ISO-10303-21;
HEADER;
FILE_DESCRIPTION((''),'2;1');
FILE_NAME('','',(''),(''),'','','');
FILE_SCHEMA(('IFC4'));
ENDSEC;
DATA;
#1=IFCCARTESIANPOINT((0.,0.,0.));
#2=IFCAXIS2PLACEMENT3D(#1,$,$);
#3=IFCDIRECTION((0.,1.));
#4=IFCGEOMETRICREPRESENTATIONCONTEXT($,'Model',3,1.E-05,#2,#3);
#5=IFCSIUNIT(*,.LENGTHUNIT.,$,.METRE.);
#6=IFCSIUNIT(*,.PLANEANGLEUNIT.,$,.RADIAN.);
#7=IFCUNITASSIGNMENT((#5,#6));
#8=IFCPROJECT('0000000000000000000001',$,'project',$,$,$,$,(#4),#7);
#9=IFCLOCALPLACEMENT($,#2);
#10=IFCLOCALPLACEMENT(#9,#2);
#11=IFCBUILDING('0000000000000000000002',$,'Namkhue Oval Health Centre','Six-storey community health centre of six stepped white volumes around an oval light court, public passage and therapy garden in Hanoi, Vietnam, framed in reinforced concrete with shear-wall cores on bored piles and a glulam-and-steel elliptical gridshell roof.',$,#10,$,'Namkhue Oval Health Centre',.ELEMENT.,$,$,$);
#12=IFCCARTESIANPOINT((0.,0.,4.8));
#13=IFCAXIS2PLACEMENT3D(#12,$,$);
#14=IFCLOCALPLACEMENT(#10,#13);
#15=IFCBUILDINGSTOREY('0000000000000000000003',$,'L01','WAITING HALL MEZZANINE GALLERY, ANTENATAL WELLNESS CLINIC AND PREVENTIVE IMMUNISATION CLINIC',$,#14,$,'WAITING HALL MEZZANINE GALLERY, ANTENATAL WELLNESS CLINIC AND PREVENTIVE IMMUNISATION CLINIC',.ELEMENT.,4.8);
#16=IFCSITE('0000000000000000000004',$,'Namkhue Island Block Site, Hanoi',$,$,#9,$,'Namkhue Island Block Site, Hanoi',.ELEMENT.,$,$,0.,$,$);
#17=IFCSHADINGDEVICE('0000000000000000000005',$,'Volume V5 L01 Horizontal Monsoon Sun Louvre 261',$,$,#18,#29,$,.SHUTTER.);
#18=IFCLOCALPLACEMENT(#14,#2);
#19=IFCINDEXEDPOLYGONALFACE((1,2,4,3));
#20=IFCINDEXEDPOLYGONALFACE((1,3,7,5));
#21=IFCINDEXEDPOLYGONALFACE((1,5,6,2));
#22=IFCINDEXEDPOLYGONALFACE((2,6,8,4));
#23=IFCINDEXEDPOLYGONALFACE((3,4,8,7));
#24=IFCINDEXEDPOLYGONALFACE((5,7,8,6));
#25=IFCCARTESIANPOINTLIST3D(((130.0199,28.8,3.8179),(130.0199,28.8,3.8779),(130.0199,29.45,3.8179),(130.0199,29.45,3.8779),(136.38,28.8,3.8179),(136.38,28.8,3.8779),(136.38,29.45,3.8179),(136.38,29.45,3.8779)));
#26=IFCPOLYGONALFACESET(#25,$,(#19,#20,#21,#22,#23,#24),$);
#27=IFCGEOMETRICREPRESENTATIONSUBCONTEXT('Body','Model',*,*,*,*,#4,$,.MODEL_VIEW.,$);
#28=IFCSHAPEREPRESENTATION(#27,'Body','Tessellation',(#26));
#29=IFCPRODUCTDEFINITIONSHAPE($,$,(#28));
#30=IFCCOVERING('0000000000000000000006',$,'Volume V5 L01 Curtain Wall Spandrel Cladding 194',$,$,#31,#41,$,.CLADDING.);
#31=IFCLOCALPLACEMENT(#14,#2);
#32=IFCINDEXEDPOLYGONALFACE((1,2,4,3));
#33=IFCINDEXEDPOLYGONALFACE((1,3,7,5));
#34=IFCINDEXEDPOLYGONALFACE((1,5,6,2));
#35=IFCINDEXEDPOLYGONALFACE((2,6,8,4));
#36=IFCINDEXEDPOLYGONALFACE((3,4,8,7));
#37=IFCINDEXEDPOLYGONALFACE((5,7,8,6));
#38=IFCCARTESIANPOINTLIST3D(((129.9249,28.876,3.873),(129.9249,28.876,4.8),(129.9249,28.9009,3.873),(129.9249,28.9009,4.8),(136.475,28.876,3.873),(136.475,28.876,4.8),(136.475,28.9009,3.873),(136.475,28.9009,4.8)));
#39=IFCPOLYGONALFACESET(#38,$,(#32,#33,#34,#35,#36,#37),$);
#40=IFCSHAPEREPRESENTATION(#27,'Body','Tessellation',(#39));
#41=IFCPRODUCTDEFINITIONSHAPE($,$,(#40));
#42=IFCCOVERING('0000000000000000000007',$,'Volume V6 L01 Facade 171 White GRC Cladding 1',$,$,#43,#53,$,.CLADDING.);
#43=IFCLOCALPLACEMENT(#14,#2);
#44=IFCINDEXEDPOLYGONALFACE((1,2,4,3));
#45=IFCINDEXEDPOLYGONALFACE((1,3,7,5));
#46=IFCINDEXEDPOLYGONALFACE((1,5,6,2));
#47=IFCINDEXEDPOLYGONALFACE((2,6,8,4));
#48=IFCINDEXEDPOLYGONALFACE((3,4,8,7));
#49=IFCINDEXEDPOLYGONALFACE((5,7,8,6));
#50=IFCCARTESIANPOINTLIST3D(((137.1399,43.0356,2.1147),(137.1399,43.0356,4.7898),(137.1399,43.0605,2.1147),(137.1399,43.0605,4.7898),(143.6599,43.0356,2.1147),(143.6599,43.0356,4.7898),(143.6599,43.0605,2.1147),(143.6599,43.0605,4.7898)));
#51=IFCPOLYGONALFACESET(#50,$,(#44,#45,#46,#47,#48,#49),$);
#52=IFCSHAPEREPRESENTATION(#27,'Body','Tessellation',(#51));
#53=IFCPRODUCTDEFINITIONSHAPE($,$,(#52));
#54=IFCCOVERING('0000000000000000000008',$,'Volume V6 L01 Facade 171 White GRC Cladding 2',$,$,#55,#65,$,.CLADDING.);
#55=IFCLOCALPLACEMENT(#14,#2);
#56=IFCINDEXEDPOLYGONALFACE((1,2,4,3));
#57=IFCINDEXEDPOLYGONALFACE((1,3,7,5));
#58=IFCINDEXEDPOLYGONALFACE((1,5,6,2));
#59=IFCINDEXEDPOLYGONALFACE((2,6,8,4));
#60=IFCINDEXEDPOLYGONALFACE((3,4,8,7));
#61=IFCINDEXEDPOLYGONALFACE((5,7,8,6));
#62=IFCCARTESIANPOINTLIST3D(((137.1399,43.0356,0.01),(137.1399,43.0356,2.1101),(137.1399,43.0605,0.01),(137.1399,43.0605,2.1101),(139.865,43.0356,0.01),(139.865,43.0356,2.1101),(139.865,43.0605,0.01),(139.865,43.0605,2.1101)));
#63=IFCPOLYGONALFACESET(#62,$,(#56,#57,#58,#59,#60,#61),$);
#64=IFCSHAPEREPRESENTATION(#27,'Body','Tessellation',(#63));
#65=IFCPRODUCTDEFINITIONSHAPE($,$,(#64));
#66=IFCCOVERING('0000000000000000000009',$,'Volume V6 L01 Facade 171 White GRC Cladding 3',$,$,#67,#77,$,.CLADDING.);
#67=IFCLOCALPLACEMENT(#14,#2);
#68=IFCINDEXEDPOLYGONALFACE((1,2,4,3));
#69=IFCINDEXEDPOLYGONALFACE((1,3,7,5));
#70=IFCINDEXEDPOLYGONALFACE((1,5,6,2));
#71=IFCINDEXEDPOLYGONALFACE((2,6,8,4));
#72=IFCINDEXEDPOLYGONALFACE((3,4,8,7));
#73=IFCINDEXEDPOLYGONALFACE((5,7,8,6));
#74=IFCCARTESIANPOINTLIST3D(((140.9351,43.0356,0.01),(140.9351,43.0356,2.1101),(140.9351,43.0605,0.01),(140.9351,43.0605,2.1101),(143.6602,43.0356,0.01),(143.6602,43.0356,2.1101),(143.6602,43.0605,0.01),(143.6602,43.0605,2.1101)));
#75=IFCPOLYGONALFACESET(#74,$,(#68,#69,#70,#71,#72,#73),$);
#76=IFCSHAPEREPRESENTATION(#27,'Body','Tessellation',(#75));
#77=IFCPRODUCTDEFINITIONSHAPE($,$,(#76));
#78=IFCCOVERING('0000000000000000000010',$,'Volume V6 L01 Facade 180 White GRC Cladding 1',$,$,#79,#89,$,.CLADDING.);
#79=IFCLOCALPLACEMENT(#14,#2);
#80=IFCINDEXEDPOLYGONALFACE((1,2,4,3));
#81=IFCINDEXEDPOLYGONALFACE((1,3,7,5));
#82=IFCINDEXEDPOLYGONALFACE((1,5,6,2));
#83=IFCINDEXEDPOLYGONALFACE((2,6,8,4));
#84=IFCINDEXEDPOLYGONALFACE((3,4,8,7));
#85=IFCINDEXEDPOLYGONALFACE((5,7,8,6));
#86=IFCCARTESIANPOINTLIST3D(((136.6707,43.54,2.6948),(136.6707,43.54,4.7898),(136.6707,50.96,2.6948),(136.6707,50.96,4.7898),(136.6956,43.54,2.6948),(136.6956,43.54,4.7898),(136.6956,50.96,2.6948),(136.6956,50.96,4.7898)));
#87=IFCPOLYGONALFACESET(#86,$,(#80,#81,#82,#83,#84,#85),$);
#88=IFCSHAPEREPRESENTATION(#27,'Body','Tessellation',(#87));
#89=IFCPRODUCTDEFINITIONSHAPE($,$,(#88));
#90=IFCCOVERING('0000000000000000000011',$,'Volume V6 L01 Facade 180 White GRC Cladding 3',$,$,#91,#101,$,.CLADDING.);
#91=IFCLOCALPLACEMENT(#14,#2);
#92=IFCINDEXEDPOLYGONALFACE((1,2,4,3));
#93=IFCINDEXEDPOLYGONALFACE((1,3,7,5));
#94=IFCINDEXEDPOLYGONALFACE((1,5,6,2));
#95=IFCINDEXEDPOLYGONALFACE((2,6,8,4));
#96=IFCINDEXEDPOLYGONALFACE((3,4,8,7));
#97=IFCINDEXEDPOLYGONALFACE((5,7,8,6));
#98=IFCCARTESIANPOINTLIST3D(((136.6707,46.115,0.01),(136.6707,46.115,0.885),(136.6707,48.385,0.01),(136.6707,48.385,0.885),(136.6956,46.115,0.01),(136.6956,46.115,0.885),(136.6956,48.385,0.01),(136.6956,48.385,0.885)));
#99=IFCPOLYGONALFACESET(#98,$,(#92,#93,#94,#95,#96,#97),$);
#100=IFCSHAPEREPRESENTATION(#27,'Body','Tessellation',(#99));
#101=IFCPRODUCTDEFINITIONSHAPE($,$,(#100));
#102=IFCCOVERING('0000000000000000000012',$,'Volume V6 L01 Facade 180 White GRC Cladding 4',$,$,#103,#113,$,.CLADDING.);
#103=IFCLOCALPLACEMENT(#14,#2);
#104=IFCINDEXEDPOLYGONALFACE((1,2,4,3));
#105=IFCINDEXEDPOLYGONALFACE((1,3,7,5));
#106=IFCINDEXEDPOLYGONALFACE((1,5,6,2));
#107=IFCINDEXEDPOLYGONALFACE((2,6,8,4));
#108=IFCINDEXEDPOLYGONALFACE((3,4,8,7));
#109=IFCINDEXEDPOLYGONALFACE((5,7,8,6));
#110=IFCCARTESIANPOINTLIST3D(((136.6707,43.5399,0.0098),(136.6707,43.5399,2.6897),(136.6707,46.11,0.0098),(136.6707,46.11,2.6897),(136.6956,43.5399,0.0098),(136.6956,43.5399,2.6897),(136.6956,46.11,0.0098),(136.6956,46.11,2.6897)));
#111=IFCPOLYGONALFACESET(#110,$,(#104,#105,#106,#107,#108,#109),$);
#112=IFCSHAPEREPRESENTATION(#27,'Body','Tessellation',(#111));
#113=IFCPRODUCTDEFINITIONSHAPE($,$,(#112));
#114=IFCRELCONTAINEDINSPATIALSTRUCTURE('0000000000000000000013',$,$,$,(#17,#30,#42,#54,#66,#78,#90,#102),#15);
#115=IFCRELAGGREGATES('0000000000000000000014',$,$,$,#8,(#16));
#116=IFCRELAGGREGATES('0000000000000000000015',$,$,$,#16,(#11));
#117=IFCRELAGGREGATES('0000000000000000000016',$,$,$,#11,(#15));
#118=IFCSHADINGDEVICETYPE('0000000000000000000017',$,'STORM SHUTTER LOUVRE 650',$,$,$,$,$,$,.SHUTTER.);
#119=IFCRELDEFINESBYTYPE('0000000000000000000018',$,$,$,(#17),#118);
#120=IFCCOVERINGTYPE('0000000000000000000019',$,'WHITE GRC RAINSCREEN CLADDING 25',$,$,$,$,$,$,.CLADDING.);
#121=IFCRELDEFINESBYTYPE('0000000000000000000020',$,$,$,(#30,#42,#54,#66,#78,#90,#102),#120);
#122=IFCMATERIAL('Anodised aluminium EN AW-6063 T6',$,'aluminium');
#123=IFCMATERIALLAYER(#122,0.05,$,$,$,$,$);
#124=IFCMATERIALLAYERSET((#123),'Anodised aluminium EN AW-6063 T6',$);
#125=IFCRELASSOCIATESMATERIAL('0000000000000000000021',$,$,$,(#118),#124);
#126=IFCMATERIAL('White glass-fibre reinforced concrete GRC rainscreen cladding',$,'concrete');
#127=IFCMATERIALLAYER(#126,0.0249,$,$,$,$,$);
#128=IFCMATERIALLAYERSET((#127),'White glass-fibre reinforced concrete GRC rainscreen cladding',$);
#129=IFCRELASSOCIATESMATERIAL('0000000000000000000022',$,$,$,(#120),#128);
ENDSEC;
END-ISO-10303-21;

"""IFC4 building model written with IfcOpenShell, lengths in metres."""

from ifc_helpers import new_model, si_unit, direction, frame, origin, origin_2d, place, context, subcontext, project, spatial, rectangle, extrude, material, layer, layer_set, type_object, element, save


model = new_model("IFC4")

# Units and contexts
model_context = context("Model", 3, precision=1e-05, world=origin(), true_north=direction((0.0, 1.0)))
body_context = subcontext(model_context, "Body", "Model", "MODEL_VIEW")
ifc_project = project(units=[si_unit("LENGTHUNIT", "METRE"), si_unit("PLANEANGLEUNIT", "RADIAN")], contexts=[model_context])

# Site, building, storey
site_placement = place(None, origin())
site = spatial("IfcSite", under=ifc_project, at=site_placement, Name="Namkhue Island Block Site, Hanoi", LongName="Namkhue Island Block Site, Hanoi", CompositionType="ELEMENT", RefElevation=0.0)
building_placement = place(site_placement, origin())
building = spatial("IfcBuilding", under=site, at=building_placement, Name="Namkhue Oval Health Centre", Description="Six-storey community health centre of six stepped white volumes around an oval light court, public passage and therapy garden in Hanoi, Vietnam, framed in reinforced concrete with shear-wall cores on bored piles and a glulam-and-steel elliptical gridshell roof.", LongName="Namkhue Oval Health Centre", CompositionType="ELEMENT")
storey_placement = place(building_placement, frame((0.0, 0.0, 4.8)))
storey = spatial("IfcBuildingStorey", under=building, at=storey_placement, Name="L01", Description="WAITING HALL MEZZANINE GALLERY, ANTENATAL WELLNESS CLINIC AND PREVENTIVE IMMUNISATION CLINIC", LongName="WAITING HALL MEZZANINE GALLERY, ANTENATAL WELLNESS CLINIC AND PREVENTIVE IMMUNISATION CLINIC", CompositionType="ELEMENT", Elevation=4.8)

# Shared definitions
ifc_material_1 = material(Name="Anodised aluminium EN AW-6063 T6", Category="aluminium")

# Shading device
ifc_layer_1 = layer(ifc_material_1, 0.05)
ifc_layer_set_1 = layer_set([ifc_layer_1], Name="Anodised aluminium EN AW-6063 T6")
shading_device_type = type_object("IfcShadingDeviceType", Name="STORM SHUTTER LOUVRE 650", PredefinedType="SHUTTER", material=ifc_layer_set_1)
shading_device_placement = place(storey_placement, frame((133.2, 29.125, 3.8179), z_axis=(0.0, 0.0, 1.0), x_axis=(-1.0, 0.0, 0.0)))
element("IfcShadingDevice", 1, at=shading_device_placement, inside=storey, type_object=shading_device_type, Name="Volume V5 L01 Horizontal Monsoon Sun Louvre 261", PredefinedType="SHUTTER", context=body_context, shape_type="SweptSolid", body=[
    extrude(rectangle(XDim=6.3601, YDim=0.6499, at=origin_2d()), origin(), (0.0, 0.0, 1.0), 0.0601),
])

# Coverings
ifc_material_2 = material(Name="White glass-fibre reinforced concrete GRC rainscreen cladding", Category="concrete")
ifc_layer_2 = layer(ifc_material_2, 0.0249)
ifc_layer_set_2 = layer_set([ifc_layer_2], Name="White glass-fibre reinforced concrete GRC rainscreen cladding")
covering_type = type_object("IfcCoveringType", Name="WHITE GRC RAINSCREEN CLADDING 25", PredefinedType="CLADDING", material=ifc_layer_set_2)
covering_1_placement = place(storey_placement, frame((133.2, 28.8884, 3.873), z_axis=(0.0, 0.0, 1.0), x_axis=(-1.0, 0.0, 0.0)))
element("IfcCovering", 2, at=covering_1_placement, inside=storey, type_object=covering_type, Name="Volume V5 L01 Curtain Wall Spandrel Cladding 194", PredefinedType="CLADDING", context=body_context, shape_type="SweptSolid", body=[
    extrude(rectangle(XDim=6.55, YDim=0.0249, at=origin_2d()), origin(), (0.0, 0.0, 1.0), 0.927),
])
covering_2_placement = place(storey_placement, frame((140.3999, 43.0481, 2.1147), z_axis=(0.0, 0.0, 1.0), x_axis=(1.0, 0.0, 0.0)))
element("IfcCovering", 3, at=covering_2_placement, inside=storey, type_object=covering_type, Name="Volume V6 L01 Facade 171 White GRC Cladding 1", PredefinedType="CLADDING", context=body_context, shape_type="SweptSolid", body=[
    extrude(rectangle(XDim=6.52, YDim=0.0249, at=origin_2d()), origin(), (0.0, 0.0, 1.0), 2.675),
])
for number, where, z_axis, x_axis, name in (
    (4, (138.5024, 43.0481, 0.01), (0.0, 0.0, 1.0), (1.0, 0.0, 0.0), "Volume V6 L01 Facade 171 White GRC Cladding 2"),
    (5, (142.2976, 43.0481, 0.01), (0.0, 0.0, 1.0), (1.0, 0.0, 0.0), "Volume V6 L01 Facade 171 White GRC Cladding 3"),
):
    element("IfcCovering", number, at=place(storey_placement, frame(where, z_axis=z_axis, x_axis=x_axis)), inside=storey, type_object=covering_type, Name=name, PredefinedType="CLADDING", context=body_context, shape_type="SweptSolid", body=[
        extrude(rectangle(XDim=2.7251, YDim=0.0249, at=origin_2d()), origin(), (0.0, 0.0, 1.0), 2.1001),
    ])
covering_3_placement = place(storey_placement, frame((136.6831, 47.25, 2.6948), z_axis=(0.0, 0.0, 1.0), x_axis=(0.0, -1.0, 0.0)))
element("IfcCovering", 6, at=covering_3_placement, inside=storey, type_object=covering_type, Name="Volume V6 L01 Facade 180 White GRC Cladding 1", PredefinedType="CLADDING", context=body_context, shape_type="SweptSolid", body=[
    extrude(rectangle(XDim=7.4199, YDim=0.0249, at=origin_2d()), origin(), (0.0, 0.0, 1.0), 2.095),
])
covering_4_placement = place(storey_placement, frame((136.6831, 47.25, 0.01), z_axis=(0.0, 0.0, 1.0), x_axis=(0.0, -1.0, 0.0)))
element("IfcCovering", 7, at=covering_4_placement, inside=storey, type_object=covering_type, Name="Volume V6 L01 Facade 180 White GRC Cladding 3", PredefinedType="CLADDING", context=body_context, shape_type="SweptSolid", body=[
    extrude(rectangle(XDim=2.27, YDim=0.0249, at=origin_2d()), origin(), (0.0, 0.0, 1.0), 0.875),
])
covering_5_placement = place(storey_placement, frame((136.6831, 44.825, 0.0098), z_axis=(0.0, 0.0, 1.0), x_axis=(0.0, -1.0, 0.0)))
element("IfcCovering", 8, at=covering_5_placement, inside=storey, type_object=covering_type, Name="Volume V6 L01 Facade 180 White GRC Cladding 4", PredefinedType="CLADDING", context=body_context, shape_type="SweptSolid", body=[
    extrude(rectangle(XDim=2.5701, YDim=0.0249, at=origin_2d()), origin(), (0.0, 0.0, 1.0), 2.6799),
])

save(model, "model.ifc")
